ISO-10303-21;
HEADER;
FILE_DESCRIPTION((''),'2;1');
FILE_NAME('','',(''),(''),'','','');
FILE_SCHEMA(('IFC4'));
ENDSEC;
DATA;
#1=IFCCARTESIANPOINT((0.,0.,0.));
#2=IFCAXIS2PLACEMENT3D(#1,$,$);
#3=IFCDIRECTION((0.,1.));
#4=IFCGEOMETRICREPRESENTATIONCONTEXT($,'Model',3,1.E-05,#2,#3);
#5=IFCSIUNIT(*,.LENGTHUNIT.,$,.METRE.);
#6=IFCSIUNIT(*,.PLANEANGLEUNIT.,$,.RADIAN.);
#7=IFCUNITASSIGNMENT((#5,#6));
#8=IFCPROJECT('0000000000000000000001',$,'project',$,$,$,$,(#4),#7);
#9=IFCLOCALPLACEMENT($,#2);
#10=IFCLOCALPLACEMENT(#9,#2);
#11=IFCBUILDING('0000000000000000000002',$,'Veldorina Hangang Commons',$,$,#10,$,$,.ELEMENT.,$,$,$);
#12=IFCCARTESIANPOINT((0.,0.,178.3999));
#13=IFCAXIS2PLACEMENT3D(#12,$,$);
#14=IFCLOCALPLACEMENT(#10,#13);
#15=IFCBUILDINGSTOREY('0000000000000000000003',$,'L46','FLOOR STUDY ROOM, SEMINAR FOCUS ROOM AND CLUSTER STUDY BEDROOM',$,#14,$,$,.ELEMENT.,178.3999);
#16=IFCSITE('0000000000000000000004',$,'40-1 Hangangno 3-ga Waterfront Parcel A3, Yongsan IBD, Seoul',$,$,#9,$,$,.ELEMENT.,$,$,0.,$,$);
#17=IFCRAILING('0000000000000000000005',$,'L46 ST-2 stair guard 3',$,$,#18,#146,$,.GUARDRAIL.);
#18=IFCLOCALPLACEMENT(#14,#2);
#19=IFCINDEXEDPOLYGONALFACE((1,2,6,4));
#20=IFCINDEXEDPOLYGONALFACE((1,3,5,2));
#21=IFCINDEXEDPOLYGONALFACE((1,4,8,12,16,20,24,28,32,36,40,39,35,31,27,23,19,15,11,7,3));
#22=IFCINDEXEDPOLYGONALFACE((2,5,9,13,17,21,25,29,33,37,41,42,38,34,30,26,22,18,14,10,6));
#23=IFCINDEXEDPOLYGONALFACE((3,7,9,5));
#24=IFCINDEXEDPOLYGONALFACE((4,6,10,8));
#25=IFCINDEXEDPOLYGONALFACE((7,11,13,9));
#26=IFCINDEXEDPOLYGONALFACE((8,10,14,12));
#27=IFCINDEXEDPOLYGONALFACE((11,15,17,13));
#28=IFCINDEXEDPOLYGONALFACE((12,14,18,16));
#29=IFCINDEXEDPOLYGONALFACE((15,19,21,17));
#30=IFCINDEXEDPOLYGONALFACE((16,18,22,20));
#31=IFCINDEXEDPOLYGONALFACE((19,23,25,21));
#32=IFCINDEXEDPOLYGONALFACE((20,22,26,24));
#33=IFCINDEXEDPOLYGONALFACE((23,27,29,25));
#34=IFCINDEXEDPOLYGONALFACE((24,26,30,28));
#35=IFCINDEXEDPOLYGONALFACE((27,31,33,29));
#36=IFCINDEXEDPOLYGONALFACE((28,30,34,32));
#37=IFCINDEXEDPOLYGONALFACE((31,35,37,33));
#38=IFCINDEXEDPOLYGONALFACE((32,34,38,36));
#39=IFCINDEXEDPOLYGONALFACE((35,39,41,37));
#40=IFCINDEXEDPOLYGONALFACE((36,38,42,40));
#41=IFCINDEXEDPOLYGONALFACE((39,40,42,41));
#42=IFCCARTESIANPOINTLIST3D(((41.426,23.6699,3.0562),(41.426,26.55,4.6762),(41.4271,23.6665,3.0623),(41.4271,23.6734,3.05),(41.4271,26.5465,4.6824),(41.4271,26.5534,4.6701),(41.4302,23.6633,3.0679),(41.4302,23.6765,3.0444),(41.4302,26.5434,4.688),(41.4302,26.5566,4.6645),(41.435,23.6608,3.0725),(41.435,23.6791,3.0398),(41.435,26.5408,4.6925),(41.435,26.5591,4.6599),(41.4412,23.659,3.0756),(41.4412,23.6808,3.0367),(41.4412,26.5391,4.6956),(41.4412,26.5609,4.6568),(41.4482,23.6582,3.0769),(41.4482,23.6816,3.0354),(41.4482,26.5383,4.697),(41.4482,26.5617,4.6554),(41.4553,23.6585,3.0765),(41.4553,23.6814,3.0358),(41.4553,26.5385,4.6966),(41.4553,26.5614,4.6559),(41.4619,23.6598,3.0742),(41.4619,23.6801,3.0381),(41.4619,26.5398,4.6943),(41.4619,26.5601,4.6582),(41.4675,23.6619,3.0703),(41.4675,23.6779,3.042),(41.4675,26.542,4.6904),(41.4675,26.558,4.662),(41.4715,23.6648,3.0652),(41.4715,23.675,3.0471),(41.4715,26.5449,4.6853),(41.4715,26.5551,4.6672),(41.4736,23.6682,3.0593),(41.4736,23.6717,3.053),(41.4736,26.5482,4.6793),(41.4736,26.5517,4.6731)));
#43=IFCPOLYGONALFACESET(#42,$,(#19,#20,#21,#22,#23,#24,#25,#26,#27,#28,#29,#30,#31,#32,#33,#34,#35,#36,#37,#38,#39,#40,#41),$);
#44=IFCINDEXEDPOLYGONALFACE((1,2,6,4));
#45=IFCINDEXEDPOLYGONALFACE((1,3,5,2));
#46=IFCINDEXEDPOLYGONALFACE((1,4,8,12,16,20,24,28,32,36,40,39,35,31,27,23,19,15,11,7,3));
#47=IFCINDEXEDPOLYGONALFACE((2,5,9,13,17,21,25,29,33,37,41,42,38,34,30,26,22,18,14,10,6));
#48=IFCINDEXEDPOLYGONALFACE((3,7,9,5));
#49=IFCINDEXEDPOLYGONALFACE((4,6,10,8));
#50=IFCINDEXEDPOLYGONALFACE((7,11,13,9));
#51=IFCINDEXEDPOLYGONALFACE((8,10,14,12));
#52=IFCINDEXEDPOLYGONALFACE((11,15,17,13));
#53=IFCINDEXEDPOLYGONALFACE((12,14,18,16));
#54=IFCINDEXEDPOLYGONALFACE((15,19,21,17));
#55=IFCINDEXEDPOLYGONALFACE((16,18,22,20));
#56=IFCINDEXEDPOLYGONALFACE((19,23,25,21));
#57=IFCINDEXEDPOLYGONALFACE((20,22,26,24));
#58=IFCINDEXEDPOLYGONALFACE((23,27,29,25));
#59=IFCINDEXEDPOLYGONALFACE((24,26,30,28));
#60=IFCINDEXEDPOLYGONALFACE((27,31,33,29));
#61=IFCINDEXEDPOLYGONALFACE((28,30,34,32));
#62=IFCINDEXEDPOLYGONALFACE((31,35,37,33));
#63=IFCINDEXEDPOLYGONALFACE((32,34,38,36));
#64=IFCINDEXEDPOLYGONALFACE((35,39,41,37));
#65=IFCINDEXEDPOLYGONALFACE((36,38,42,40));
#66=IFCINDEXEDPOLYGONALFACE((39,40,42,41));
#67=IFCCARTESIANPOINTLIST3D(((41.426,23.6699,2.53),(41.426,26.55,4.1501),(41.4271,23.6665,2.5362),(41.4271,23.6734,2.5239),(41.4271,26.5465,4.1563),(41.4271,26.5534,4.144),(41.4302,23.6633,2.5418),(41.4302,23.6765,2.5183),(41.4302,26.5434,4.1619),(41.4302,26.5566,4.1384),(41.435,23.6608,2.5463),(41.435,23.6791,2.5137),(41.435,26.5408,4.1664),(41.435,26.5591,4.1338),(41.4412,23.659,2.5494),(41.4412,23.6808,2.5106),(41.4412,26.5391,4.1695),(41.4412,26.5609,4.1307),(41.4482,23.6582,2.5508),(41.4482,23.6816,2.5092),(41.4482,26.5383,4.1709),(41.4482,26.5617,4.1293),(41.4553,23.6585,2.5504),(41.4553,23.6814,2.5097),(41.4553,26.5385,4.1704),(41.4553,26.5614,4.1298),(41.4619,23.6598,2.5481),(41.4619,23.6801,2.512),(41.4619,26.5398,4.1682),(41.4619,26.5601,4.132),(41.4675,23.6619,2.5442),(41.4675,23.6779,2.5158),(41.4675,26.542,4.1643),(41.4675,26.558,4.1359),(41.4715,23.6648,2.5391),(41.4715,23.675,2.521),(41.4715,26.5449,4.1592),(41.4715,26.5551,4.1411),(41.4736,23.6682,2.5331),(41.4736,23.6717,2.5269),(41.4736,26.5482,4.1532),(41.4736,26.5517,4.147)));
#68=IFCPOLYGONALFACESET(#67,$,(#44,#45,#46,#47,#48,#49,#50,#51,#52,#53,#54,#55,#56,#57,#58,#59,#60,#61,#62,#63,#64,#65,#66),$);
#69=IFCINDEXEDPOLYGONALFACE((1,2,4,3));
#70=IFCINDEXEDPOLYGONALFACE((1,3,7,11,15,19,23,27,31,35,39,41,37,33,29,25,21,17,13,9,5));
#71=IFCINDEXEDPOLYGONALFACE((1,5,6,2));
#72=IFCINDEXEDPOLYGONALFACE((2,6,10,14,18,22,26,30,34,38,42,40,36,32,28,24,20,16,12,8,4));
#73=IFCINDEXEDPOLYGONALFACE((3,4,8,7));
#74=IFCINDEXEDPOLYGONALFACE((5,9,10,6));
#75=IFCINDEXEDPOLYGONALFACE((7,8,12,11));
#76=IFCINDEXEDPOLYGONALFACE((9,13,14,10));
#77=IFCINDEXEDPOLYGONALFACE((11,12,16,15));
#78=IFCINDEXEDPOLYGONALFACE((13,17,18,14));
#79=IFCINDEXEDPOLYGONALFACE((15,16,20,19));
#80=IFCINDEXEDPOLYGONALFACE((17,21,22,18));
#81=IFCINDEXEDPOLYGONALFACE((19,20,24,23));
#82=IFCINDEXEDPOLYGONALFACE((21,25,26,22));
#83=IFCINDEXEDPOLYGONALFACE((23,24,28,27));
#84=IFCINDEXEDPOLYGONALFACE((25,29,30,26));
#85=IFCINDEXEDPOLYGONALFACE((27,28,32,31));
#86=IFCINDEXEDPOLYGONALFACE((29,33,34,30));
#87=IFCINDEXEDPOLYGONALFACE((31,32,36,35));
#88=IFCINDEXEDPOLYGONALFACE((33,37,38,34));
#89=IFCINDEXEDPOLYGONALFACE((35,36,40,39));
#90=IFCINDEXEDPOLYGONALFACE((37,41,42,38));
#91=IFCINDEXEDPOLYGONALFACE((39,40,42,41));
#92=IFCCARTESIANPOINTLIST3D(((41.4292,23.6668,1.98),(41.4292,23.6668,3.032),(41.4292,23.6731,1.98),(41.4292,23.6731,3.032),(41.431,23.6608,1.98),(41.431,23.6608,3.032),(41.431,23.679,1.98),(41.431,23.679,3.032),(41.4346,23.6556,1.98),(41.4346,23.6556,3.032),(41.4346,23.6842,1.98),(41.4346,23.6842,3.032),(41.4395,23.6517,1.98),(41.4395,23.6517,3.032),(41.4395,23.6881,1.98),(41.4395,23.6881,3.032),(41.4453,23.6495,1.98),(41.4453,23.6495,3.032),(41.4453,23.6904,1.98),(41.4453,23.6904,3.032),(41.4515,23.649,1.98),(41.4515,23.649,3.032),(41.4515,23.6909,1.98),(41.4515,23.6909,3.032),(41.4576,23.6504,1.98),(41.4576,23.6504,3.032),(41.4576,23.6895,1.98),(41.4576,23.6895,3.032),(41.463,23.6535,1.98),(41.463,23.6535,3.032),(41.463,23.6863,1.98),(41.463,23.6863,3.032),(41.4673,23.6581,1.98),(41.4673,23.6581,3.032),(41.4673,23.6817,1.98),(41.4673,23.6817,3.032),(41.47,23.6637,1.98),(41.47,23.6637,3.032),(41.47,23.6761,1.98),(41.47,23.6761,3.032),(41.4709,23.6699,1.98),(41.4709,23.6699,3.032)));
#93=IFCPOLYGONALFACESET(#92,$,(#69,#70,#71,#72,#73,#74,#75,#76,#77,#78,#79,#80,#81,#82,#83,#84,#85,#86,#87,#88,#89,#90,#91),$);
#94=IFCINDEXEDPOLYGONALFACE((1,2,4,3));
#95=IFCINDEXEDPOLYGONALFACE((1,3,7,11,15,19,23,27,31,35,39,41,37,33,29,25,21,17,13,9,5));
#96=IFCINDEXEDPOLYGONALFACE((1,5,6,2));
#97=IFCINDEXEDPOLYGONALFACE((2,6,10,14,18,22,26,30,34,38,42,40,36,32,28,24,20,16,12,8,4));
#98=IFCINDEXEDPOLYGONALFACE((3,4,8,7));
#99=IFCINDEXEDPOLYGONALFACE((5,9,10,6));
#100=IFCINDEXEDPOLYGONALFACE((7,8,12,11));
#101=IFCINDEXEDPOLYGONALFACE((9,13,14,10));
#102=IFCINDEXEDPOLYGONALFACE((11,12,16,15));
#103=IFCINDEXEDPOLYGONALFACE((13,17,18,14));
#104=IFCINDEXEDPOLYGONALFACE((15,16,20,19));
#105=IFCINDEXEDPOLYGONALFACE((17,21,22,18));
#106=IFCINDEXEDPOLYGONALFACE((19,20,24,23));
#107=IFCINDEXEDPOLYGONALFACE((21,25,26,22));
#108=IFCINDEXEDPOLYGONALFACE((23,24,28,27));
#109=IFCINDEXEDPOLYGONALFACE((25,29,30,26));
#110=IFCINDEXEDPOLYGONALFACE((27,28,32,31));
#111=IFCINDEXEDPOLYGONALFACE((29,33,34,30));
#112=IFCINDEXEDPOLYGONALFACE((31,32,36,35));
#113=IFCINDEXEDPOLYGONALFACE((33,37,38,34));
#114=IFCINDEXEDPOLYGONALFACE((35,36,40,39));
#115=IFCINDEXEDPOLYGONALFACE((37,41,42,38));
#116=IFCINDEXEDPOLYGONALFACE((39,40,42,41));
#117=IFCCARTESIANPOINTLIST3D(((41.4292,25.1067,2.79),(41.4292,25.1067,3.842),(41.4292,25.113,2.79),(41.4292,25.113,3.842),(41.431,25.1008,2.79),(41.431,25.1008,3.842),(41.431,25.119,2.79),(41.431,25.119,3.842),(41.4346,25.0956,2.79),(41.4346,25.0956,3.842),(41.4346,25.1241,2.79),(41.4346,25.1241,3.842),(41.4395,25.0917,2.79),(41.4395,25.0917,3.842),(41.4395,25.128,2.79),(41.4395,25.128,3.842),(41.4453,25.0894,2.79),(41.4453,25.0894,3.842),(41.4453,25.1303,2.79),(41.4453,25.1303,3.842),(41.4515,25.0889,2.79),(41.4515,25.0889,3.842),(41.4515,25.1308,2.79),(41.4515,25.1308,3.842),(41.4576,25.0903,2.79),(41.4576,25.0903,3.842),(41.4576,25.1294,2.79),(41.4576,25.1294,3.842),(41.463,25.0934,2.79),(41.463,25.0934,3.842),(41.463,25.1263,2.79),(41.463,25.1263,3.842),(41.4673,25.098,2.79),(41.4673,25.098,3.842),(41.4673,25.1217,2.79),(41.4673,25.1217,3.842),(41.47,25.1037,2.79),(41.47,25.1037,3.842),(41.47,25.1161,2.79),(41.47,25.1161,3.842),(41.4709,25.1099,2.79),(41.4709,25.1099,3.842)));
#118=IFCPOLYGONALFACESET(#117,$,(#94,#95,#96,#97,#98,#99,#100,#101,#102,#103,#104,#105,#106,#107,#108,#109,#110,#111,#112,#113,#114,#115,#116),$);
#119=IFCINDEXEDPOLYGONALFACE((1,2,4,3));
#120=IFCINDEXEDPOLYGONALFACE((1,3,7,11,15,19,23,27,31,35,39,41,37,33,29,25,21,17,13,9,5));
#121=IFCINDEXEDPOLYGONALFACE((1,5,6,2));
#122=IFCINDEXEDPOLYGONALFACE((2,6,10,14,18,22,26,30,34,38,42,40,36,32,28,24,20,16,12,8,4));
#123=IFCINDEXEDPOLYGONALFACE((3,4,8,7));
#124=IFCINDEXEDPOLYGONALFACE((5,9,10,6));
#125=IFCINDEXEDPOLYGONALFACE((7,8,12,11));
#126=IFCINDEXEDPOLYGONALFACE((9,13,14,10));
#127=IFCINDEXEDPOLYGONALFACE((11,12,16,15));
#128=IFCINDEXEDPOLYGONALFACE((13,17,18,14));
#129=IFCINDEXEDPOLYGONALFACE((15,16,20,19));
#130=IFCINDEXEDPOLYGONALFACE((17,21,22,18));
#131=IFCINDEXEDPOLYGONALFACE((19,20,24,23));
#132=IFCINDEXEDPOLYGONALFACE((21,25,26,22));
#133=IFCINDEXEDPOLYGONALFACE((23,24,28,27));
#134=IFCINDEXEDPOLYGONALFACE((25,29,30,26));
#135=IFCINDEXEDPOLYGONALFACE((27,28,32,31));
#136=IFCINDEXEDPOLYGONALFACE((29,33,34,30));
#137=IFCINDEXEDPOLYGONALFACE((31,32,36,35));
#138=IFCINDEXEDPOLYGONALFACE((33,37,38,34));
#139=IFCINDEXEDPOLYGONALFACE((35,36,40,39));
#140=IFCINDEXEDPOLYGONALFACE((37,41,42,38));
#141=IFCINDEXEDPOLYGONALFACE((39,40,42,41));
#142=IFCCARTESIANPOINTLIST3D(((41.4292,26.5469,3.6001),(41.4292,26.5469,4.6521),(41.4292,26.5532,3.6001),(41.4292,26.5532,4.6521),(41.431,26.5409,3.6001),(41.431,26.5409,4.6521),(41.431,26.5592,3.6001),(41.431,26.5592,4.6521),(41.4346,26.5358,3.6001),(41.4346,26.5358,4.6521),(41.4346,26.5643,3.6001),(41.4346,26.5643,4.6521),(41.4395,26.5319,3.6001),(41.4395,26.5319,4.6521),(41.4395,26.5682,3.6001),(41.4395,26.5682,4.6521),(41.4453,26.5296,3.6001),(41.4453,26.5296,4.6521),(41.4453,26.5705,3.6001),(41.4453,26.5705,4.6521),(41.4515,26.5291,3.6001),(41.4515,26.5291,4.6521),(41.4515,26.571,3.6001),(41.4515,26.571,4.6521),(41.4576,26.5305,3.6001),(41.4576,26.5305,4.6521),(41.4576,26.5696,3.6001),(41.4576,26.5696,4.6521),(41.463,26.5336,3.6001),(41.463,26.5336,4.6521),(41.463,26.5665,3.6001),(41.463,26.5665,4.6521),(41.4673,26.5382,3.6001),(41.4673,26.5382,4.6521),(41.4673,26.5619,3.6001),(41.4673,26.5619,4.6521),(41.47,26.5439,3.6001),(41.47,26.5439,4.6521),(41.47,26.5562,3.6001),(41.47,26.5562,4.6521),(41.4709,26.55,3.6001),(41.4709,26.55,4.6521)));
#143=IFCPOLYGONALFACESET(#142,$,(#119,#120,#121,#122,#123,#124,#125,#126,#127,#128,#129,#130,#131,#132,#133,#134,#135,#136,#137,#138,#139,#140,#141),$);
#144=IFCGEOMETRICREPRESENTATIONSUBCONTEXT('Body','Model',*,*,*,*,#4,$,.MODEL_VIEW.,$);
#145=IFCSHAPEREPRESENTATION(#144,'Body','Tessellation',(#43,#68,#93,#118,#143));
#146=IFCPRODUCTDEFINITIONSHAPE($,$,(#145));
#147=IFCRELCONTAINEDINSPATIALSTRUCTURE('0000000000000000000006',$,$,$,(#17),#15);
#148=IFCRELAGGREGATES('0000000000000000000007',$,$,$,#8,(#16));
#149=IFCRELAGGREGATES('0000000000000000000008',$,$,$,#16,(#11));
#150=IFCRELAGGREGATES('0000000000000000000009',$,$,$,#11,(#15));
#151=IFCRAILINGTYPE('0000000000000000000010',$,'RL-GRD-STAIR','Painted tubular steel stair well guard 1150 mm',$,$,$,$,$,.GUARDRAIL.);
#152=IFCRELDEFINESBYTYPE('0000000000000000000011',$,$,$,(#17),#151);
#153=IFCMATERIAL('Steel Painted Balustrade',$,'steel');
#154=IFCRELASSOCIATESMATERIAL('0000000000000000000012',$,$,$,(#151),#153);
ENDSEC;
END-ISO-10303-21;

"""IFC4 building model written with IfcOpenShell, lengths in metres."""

from ifc_helpers import new_model, si_unit, direction, frame, origin, origin_2d, place, context, subcontext, project, spatial, circle, extrude, material, type_object, element, save


model = new_model("IFC4")

# Units and contexts
model_context = context("Model", 3, precision=1e-05, world=origin(), true_north=direction((0.0, 1.0)))
body_context = subcontext(model_context, "Body", "Model", "MODEL_VIEW")
ifc_project = project(units=[si_unit("LENGTHUNIT", "METRE"), si_unit("PLANEANGLEUNIT", "RADIAN")], contexts=[model_context])

# Site, building, storey
site_placement = place(None, origin())
site = spatial("IfcSite", under=ifc_project, at=site_placement, Name="40-1 Hangangno 3-ga Waterfront Parcel A3, Yongsan IBD, Seoul", CompositionType="ELEMENT", RefElevation=0.0)
building_placement = place(site_placement, origin())
building = spatial("IfcBuilding", under=site, at=building_placement, Name="Veldorina Hangang Commons", CompositionType="ELEMENT")
storey_placement = place(building_placement, frame((0.0, 0.0, 178.3999)))
storey = spatial("IfcBuildingStorey", under=building, at=storey_placement, Name="L46", Description="FLOOR STUDY ROOM, SEMINAR FOCUS ROOM AND CLUSTER STUDY BEDROOM", CompositionType="ELEMENT", Elevation=178.3999)

# Railing
ifc_material_1 = material(Name="Steel Painted Balustrade", Category="steel")
railing_type_1 = type_object("IfcRailingType", Name="RL-GRD-STAIR", Description="Painted tubular steel stair well guard 1150 mm", PredefinedType="GUARDRAIL", material=ifc_material_1)
railing_1_placement = place(storey_placement, frame((41.45, 23.6699, 1.98)))
element("IfcRailing", 1, at=railing_1_placement, inside=storey, type_object=railing_type_1, Name="L46 ST-2 stair guard 3", PredefinedType="GUARDRAIL", context=body_context, shape_type="SweptSolid", body=[
    extrude(circle(Radius=0.0239, at=origin_2d()), frame((0.0, 0.0, 1.0762), z_axis=(0.0, 0.87157, 0.490272), x_axis=(-1.0, 0.0, 0.0)), (0.0, 0.0, 1.0), 3.3044),
    extrude(circle(Radius=0.0239, at=origin_2d()), frame((0.0, 0.0, 0.55), z_axis=(0.0, 0.87157, 0.490272), x_axis=(-1.0, 0.0, 0.0)), (0.0, 0.0, 1.0), 3.3044),
    extrude(circle(Radius=0.021, at=origin_2d()), origin(), (0.0, 0.0, 1.0), 1.052),
    extrude(circle(Radius=0.021, at=origin_2d()), frame((0.0, 1.4399, 0.8101)), (0.0, 0.0, 1.0), 1.052),
    extrude(circle(Radius=0.021, at=origin_2d()), frame((0.0, 2.8801, 1.6201)), (0.0, 0.0, 1.0), 1.052),
])

save(model, "model.ifc")
